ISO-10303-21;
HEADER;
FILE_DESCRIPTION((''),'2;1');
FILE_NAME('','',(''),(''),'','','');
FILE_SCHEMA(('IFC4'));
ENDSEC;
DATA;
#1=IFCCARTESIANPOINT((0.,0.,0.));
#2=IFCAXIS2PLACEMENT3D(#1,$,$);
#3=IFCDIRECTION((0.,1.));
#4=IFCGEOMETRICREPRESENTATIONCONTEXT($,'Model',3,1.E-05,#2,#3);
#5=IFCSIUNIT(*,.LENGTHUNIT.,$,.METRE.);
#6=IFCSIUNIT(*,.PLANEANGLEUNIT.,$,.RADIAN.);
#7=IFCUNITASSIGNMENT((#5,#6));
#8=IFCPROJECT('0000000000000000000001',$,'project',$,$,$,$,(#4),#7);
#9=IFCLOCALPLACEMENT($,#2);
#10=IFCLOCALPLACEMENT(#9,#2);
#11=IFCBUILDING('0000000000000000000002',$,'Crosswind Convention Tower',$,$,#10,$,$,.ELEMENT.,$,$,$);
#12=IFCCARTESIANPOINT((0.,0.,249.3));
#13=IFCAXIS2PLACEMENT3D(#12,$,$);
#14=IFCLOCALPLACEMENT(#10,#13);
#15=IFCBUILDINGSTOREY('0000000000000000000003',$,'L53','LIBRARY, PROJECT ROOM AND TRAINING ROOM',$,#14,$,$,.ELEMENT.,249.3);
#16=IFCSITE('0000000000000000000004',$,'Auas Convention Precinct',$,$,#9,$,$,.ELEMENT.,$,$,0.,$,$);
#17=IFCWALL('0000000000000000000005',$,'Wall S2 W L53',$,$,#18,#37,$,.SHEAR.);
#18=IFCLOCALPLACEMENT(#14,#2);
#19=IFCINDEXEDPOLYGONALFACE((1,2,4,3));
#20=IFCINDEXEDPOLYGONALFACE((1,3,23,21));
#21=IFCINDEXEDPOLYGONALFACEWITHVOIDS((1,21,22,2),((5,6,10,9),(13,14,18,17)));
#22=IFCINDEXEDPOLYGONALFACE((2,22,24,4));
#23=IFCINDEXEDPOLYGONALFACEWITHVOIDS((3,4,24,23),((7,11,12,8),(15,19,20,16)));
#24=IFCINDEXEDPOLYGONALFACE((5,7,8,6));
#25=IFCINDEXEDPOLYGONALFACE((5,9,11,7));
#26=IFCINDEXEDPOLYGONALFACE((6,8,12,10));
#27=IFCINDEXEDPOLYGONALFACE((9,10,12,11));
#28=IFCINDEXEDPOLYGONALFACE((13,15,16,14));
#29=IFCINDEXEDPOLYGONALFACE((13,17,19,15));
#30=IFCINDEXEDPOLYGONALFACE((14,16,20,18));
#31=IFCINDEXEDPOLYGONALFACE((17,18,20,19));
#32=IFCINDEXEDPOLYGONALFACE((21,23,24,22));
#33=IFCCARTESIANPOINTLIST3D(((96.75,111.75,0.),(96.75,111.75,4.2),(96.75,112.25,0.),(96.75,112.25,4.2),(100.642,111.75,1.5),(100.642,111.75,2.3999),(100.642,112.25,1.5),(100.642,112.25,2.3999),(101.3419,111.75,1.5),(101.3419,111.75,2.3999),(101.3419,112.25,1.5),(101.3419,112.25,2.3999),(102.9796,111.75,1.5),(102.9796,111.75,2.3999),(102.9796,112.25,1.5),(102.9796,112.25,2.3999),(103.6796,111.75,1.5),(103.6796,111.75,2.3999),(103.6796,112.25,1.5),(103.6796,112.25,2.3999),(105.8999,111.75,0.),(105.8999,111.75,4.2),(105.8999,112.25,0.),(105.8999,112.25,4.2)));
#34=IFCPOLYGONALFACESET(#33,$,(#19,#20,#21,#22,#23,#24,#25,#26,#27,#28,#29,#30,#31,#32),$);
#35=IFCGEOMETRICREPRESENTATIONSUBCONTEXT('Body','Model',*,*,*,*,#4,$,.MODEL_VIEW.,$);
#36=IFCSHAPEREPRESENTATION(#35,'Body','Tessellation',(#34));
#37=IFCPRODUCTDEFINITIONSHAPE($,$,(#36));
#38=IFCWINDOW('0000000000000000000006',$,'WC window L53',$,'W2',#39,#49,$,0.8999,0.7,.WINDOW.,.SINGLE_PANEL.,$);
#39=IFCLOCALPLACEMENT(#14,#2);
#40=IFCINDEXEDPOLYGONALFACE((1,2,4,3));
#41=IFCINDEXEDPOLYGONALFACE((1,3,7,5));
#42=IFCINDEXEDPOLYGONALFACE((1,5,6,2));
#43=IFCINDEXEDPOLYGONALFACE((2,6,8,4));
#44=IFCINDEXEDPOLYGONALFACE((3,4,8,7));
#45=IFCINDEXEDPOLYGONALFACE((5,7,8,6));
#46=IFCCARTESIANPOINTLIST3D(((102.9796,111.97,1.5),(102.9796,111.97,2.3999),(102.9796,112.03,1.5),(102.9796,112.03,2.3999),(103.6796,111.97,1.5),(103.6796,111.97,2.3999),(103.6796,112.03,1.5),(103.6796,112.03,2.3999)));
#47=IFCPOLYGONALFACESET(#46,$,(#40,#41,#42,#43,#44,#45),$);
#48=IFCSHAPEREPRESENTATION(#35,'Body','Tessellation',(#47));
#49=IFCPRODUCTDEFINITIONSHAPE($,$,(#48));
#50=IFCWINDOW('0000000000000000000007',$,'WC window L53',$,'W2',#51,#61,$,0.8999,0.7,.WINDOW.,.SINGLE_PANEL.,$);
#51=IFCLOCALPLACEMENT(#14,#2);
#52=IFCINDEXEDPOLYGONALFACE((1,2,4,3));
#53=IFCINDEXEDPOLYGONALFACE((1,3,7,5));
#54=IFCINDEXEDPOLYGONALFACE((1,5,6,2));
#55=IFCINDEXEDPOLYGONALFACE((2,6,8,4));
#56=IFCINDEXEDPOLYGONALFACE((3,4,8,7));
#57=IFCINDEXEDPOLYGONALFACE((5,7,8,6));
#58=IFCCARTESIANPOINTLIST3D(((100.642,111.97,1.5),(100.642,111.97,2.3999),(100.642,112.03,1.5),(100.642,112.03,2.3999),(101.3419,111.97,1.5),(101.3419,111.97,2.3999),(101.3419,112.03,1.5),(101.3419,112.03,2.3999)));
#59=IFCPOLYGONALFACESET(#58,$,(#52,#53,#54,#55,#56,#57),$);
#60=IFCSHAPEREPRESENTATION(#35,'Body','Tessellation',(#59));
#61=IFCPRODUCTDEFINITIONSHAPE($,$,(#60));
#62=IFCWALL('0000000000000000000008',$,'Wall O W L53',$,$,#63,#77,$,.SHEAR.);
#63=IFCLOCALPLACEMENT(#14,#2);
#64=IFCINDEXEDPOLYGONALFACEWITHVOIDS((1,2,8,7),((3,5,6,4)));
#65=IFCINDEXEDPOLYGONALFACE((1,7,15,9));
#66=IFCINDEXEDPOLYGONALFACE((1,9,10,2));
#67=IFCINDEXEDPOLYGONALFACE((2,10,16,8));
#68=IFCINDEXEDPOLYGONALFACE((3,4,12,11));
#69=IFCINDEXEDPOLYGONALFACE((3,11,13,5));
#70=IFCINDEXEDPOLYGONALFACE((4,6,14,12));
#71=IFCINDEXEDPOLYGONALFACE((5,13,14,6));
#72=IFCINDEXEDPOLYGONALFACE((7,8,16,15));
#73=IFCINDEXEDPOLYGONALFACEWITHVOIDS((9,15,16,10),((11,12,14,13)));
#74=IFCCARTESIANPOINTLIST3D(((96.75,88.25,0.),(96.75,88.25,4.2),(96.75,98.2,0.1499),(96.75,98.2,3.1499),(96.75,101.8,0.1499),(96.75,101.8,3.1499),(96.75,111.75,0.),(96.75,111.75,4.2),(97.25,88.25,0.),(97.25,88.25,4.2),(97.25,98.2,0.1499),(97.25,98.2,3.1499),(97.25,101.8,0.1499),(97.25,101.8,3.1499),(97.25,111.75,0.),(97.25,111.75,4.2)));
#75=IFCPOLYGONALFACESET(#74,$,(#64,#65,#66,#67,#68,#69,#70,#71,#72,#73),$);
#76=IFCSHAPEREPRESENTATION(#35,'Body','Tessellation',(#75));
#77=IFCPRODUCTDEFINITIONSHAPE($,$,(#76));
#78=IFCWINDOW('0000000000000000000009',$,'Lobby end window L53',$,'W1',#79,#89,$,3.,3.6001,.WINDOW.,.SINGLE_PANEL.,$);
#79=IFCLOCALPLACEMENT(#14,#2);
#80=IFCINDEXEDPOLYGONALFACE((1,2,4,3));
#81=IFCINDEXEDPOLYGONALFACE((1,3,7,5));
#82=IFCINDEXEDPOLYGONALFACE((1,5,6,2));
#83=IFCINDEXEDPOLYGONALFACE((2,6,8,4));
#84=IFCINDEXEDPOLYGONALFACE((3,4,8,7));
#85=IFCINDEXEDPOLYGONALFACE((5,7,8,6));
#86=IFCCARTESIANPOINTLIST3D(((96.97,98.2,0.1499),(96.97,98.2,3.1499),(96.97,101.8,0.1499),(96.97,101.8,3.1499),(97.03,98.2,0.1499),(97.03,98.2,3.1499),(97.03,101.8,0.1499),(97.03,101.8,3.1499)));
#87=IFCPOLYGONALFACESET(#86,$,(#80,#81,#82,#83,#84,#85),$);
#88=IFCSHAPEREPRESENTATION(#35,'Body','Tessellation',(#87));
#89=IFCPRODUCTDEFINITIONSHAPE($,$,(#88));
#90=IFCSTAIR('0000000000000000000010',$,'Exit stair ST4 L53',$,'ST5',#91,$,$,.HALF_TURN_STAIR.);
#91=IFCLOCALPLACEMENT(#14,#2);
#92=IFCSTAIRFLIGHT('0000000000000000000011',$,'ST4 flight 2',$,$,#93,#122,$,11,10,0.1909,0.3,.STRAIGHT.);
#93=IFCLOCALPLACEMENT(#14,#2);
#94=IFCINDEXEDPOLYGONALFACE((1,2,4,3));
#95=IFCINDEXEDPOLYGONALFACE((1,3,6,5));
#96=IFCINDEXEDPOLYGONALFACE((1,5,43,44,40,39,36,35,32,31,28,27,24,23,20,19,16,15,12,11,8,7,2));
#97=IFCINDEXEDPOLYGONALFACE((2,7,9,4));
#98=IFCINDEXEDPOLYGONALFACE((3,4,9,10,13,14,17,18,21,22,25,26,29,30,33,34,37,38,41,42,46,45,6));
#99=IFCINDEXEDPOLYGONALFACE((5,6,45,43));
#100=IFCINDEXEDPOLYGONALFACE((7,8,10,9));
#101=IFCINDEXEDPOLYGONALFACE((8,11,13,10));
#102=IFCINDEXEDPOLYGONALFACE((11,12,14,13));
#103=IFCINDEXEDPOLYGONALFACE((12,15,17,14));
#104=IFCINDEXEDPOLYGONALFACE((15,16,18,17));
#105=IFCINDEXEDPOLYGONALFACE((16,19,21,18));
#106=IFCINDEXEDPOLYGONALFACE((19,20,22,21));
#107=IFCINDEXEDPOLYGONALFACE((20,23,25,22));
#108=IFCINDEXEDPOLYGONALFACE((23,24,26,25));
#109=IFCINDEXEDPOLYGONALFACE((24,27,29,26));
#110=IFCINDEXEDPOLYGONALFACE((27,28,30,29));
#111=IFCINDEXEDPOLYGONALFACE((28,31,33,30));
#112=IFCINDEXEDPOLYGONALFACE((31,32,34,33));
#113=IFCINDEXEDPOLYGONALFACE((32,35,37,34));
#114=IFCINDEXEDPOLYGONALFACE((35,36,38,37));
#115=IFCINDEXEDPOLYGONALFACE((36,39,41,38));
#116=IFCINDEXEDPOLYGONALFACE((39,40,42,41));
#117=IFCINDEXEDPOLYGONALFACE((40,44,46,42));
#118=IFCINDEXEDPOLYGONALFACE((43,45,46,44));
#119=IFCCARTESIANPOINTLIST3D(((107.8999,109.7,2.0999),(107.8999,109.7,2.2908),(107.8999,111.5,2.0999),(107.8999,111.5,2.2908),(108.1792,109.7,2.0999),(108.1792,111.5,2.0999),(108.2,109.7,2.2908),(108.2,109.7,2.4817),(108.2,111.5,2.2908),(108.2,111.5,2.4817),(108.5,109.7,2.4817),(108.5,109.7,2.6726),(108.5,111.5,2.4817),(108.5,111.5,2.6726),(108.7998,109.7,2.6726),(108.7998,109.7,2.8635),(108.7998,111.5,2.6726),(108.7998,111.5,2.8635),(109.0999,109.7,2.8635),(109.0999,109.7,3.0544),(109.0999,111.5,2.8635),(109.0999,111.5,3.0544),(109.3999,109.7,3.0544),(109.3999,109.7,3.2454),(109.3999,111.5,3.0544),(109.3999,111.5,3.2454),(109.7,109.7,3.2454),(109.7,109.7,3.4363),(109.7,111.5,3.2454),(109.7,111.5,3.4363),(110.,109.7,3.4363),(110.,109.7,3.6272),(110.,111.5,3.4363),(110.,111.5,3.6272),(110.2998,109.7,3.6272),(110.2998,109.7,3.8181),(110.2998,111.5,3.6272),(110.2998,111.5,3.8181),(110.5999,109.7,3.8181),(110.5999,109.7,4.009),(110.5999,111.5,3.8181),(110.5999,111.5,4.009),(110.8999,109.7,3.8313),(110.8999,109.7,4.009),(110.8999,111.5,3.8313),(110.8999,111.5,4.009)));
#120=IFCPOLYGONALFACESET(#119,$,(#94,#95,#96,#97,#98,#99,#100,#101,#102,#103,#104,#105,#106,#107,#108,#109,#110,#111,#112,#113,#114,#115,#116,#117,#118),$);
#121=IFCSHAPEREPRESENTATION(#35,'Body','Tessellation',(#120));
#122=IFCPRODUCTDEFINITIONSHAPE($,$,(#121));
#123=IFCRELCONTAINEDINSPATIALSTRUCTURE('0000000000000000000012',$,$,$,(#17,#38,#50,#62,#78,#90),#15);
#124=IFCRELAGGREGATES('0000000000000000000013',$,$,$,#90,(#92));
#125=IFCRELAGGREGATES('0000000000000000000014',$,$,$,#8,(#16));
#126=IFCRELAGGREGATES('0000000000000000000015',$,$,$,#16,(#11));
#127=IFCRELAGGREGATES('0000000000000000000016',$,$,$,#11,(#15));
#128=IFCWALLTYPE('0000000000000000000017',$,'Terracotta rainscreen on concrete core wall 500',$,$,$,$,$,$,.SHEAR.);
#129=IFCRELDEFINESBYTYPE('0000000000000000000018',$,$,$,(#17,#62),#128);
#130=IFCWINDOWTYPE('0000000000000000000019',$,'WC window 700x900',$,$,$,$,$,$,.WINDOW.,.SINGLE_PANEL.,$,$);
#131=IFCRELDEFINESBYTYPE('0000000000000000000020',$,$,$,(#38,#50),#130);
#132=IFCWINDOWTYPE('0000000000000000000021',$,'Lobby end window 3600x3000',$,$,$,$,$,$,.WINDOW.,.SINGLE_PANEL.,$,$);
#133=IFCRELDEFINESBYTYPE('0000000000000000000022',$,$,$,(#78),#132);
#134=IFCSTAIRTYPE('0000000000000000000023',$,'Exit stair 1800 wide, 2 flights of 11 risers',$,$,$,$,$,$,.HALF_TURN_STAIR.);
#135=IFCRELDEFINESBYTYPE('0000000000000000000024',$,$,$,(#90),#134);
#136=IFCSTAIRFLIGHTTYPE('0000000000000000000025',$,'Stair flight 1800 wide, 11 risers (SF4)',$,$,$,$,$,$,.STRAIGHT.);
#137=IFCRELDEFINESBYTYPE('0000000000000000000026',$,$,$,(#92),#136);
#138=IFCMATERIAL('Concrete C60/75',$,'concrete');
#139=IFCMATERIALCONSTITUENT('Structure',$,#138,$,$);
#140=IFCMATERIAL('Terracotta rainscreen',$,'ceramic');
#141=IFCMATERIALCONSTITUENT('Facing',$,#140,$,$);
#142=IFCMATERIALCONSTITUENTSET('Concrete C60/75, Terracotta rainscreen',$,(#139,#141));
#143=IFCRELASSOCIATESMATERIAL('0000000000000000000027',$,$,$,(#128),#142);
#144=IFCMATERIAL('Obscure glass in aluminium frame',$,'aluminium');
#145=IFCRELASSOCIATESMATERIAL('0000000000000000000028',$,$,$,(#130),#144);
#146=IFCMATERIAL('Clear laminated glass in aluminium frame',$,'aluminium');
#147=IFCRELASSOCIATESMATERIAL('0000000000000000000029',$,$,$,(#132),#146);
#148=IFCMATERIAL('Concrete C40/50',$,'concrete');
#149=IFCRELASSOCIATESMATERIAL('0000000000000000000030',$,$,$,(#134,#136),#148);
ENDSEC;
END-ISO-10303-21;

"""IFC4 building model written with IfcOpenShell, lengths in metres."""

from ifc_helpers import new_model, si_unit, direction, frame, frame_2d, origin, place, context, subcontext, project, spatial, polyline, rectangle, outline, extrude, material, constituent, constituent_set, type_object, element, fill, aggregate, save


model = new_model("IFC4")

# Units and contexts
model_context = context("Model", 3, precision=1e-05, world=origin(), true_north=direction((0.0, 1.0)))
body_context = subcontext(model_context, "Body", "Model", "MODEL_VIEW")
ifc_project = project(units=[si_unit("LENGTHUNIT", "METRE"), si_unit("PLANEANGLEUNIT", "RADIAN")], contexts=[model_context])

# Site, building, storey
site_placement = place(None, origin())
site = spatial("IfcSite", under=ifc_project, at=site_placement, Name="Auas Convention Precinct", CompositionType="ELEMENT", RefElevation=0.0)
building_placement = place(site_placement, origin())
building = spatial("IfcBuilding", under=site, at=building_placement, Name="Crosswind Convention Tower", CompositionType="ELEMENT")
storey_placement = place(building_placement, frame((0.0, 0.0, 249.3)))
storey = spatial("IfcBuildingStorey", under=building, at=storey_placement, Name="L53", Description="LIBRARY, PROJECT ROOM AND TRAINING ROOM", CompositionType="ELEMENT", Elevation=249.3)

# Wall, openings, windows
ifc_material_1 = material(Name="Concrete C60/75", Category="concrete")
ifc_constituent_1 = constituent(ifc_material_1, Name="Structure")
ifc_material_2 = material(Name="Terracotta rainscreen", Category="ceramic")
ifc_constituent_2 = constituent(ifc_material_2, Name="Facing")
ifc_constituent_set = constituent_set(constituents=[ifc_constituent_1, ifc_constituent_2], Name="Concrete C60/75, Terracotta rainscreen")
wall_type_1 = type_object("IfcWallType", Name="Terracotta rainscreen on concrete core wall 500", PredefinedType="SHEAR", material=ifc_constituent_set)
wall_1_placement = place(storey_placement, frame((105.8999, 112.0, 0.0), z_axis=(0.0, 0.0, 1.0), x_axis=(-1.0, 0.0, 0.0)))
wall_1 = element("IfcWall", 1, at=wall_1_placement, inside=storey, type_object=wall_type_1, Name="Wall S2 W L53", PredefinedType="SHEAR", context=body_context, shape_type="SweptSolid", body=[
    extrude(rectangle(XDim=9.1499, YDim=0.5, at=frame_2d((4.575, 0.0))), origin(), (0.0, 0.0, 1.0), 4.2),
])
opening_1_placement = place(wall_1_placement, frame((2.2202, 0.0, 1.5)))
opening_1 = element("IfcOpeningElement", 2, at=opening_1_placement, cuts=wall_1, PredefinedType="OPENING", context=body_context, shape_type="SweptSolid", body=[
    extrude(rectangle(XDim=0.7, YDim=0.8999, at=frame_2d((0.3501, 0.45))), frame((0.0, 0.26, 0.0), z_axis=(0.0, -1.0, 0.0), x_axis=(1.0, 0.0, 0.0)), (0.0, 0.0, 1.0), 0.52),
])
opening_2_placement = place(wall_1_placement, frame((4.5579, 0.0, 1.5)))
opening_2 = element("IfcOpeningElement", 3, at=opening_2_placement, cuts=wall_1, PredefinedType="OPENING", context=body_context, shape_type="SweptSolid", body=[
    extrude(rectangle(XDim=0.7, YDim=0.8999, at=frame_2d((0.3501, 0.45))), frame((0.0, 0.26, 0.0), z_axis=(0.0, -1.0, 0.0), x_axis=(1.0, 0.0, 0.0)), (0.0, 0.0, 1.0), 0.52),
])
ifc_material_3 = material(Name="Obscure glass in aluminium frame", Category="aluminium")
window_type_1 = type_object("IfcWindowType", Name="WC window 700x900", PartitioningType="SINGLE_PANEL", PredefinedType="WINDOW", material=ifc_material_3)
window_1_placement = place(opening_1_placement, origin())
window_1 = element("IfcWindow", 4, at=window_1_placement, inside=storey, type_object=window_type_1, Name="WC window L53", ObjectType="W2", OverallHeight=0.8999, OverallWidth=0.7, PartitioningType="SINGLE_PANEL", PredefinedType="WINDOW", context=body_context, shape_type="SweptSolid", body=[
    extrude(rectangle(XDim=0.7, YDim=0.8999, at=frame_2d((0.3501, 0.45))), frame((0.0, 0.03, 0.0), z_axis=(0.0, -1.0, 0.0), x_axis=(1.0, 0.0, 0.0)), (0.0, 0.0, 1.0), 0.0601),
])
fill(opening_1, window_1)
window_2_placement = place(opening_2_placement, origin())
window_2 = element("IfcWindow", 5, at=window_2_placement, inside=storey, type_object=window_type_1, Name="WC window L53", ObjectType="W2", OverallHeight=0.8999, OverallWidth=0.7, PartitioningType="SINGLE_PANEL", PredefinedType="WINDOW", context=body_context, shape_type="SweptSolid", body=[
    extrude(rectangle(XDim=0.7, YDim=0.8999, at=frame_2d((0.3501, 0.45))), frame((0.0, 0.03, 0.0), z_axis=(0.0, -1.0, 0.0), x_axis=(1.0, 0.0, 0.0)), (0.0, 0.0, 1.0), 0.0601),
])
fill(opening_2, window_2)

# Wall, opening, window
wall_2_placement = place(storey_placement, frame((97.0, 111.75, 0.0), z_axis=(0.0, 0.0, 1.0), x_axis=(0.0, -1.0, 0.0)))
wall_2 = element("IfcWall", 6, at=wall_2_placement, inside=storey, type_object=wall_type_1, Name="Wall O W L53", PredefinedType="SHEAR", context=body_context, shape_type="SweptSolid", body=[
    extrude(rectangle(XDim=23.5, YDim=0.5, at=frame_2d((11.75, 0.0))), origin(), (0.0, 0.0, 1.0), 4.2),
])
opening_3_placement = place(wall_2_placement, frame((9.95, 0.0, 0.1499)))
opening_3 = element("IfcOpeningElement", 7, at=opening_3_placement, cuts=wall_2, PredefinedType="OPENING", context=body_context, shape_type="SweptSolid", body=[
    extrude(rectangle(XDim=3.6001, YDim=3.0, at=frame_2d((1.8, 1.5))), frame((0.0, 0.26, 0.0), z_axis=(0.0, -1.0, 0.0), x_axis=(1.0, 0.0, 0.0)), (0.0, 0.0, 1.0), 0.52),
])
ifc_material_4 = material(Name="Clear laminated glass in aluminium frame", Category="aluminium")
window_type_2 = type_object("IfcWindowType", Name="Lobby end window 3600x3000", PartitioningType="SINGLE_PANEL", PredefinedType="WINDOW", material=ifc_material_4)
window_3_placement = place(opening_3_placement, origin())
window_3 = element("IfcWindow", 8, at=window_3_placement, inside=storey, type_object=window_type_2, Name="Lobby end window L53", ObjectType="W1", OverallHeight=3.0, OverallWidth=3.6001, PartitioningType="SINGLE_PANEL", PredefinedType="WINDOW", context=body_context, shape_type="SweptSolid", body=[
    extrude(rectangle(XDim=3.6001, YDim=3.0, at=frame_2d((1.8, 1.5))), frame((0.0, 0.03, 0.0), z_axis=(0.0, -1.0, 0.0), x_axis=(1.0, 0.0, 0.0)), (0.0, 0.0, 1.0), 0.0601),
])
fill(opening_3, window_3)

# Stair, stair flight
ifc_material_5 = material(Name="Concrete C40/50", Category="concrete")
stair_type = type_object("IfcStairType", Name="Exit stair 1800 wide, 2 flights of 11 risers", PredefinedType="HALF_TURN_STAIR", material=ifc_material_5)
stair_placement = place(storey_placement, origin())
stair = element("IfcStair", 9, at=stair_placement, inside=storey, type_object=stair_type, Name="Exit stair ST4 L53", ObjectType="ST5", PredefinedType="HALF_TURN_STAIR")
stair_flight_type = type_object("IfcStairFlightType", Name="Stair flight 1800 wide, 11 risers (SF4)", PredefinedType="STRAIGHT", material=ifc_material_5)
stair_flight_placement = place(storey_placement, frame((107.8999, 110.6001, 2.0999), z_axis=(0.0, 0.0, 1.0), x_axis=(1.0, 0.0, 0.0)))
stair_flight = element("IfcStairFlight", 10, at=stair_flight_placement, type_object=stair_flight_type, Name="ST4 flight 2", NumberOfRisers=11, NumberOfTreads=10, PredefinedType="STRAIGHT", RiserHeight=0.1909, TreadLength=0.3, context=body_context, shape_type="SweptSolid", body=[
    extrude(outline(polyline([(0.0, 0.0), (0.0, 0.1909), (0.3, 0.1909), (0.3, 0.3818), (0.6001, 0.3818), (0.6001, 0.5728), (0.8999, 0.5728), (0.8999, 0.7637), (1.2, 0.7637), (1.2, 0.9546), (1.5, 0.9546), (1.5, 1.1455), (1.8, 1.1455), (1.8, 1.3364), (2.1001, 1.3364), (2.1001, 1.5273), (2.3999, 1.5273), (2.3999, 1.7183), (2.7, 1.7183), (2.7, 1.9092), (3.0, 1.9092), (3.0, 2.1001), (3.0, 1.7314), (0.2793, 0.0), (0.0, 0.0)])), frame((0.0, 0.8999, 0.0), z_axis=(0.0, -1.0, 0.0), x_axis=(1.0, 0.0, 0.0)), (0.0, 0.0, 1.0), 1.8),
])
aggregate(stair, [stair_flight])

save(model, "model.ifc")
